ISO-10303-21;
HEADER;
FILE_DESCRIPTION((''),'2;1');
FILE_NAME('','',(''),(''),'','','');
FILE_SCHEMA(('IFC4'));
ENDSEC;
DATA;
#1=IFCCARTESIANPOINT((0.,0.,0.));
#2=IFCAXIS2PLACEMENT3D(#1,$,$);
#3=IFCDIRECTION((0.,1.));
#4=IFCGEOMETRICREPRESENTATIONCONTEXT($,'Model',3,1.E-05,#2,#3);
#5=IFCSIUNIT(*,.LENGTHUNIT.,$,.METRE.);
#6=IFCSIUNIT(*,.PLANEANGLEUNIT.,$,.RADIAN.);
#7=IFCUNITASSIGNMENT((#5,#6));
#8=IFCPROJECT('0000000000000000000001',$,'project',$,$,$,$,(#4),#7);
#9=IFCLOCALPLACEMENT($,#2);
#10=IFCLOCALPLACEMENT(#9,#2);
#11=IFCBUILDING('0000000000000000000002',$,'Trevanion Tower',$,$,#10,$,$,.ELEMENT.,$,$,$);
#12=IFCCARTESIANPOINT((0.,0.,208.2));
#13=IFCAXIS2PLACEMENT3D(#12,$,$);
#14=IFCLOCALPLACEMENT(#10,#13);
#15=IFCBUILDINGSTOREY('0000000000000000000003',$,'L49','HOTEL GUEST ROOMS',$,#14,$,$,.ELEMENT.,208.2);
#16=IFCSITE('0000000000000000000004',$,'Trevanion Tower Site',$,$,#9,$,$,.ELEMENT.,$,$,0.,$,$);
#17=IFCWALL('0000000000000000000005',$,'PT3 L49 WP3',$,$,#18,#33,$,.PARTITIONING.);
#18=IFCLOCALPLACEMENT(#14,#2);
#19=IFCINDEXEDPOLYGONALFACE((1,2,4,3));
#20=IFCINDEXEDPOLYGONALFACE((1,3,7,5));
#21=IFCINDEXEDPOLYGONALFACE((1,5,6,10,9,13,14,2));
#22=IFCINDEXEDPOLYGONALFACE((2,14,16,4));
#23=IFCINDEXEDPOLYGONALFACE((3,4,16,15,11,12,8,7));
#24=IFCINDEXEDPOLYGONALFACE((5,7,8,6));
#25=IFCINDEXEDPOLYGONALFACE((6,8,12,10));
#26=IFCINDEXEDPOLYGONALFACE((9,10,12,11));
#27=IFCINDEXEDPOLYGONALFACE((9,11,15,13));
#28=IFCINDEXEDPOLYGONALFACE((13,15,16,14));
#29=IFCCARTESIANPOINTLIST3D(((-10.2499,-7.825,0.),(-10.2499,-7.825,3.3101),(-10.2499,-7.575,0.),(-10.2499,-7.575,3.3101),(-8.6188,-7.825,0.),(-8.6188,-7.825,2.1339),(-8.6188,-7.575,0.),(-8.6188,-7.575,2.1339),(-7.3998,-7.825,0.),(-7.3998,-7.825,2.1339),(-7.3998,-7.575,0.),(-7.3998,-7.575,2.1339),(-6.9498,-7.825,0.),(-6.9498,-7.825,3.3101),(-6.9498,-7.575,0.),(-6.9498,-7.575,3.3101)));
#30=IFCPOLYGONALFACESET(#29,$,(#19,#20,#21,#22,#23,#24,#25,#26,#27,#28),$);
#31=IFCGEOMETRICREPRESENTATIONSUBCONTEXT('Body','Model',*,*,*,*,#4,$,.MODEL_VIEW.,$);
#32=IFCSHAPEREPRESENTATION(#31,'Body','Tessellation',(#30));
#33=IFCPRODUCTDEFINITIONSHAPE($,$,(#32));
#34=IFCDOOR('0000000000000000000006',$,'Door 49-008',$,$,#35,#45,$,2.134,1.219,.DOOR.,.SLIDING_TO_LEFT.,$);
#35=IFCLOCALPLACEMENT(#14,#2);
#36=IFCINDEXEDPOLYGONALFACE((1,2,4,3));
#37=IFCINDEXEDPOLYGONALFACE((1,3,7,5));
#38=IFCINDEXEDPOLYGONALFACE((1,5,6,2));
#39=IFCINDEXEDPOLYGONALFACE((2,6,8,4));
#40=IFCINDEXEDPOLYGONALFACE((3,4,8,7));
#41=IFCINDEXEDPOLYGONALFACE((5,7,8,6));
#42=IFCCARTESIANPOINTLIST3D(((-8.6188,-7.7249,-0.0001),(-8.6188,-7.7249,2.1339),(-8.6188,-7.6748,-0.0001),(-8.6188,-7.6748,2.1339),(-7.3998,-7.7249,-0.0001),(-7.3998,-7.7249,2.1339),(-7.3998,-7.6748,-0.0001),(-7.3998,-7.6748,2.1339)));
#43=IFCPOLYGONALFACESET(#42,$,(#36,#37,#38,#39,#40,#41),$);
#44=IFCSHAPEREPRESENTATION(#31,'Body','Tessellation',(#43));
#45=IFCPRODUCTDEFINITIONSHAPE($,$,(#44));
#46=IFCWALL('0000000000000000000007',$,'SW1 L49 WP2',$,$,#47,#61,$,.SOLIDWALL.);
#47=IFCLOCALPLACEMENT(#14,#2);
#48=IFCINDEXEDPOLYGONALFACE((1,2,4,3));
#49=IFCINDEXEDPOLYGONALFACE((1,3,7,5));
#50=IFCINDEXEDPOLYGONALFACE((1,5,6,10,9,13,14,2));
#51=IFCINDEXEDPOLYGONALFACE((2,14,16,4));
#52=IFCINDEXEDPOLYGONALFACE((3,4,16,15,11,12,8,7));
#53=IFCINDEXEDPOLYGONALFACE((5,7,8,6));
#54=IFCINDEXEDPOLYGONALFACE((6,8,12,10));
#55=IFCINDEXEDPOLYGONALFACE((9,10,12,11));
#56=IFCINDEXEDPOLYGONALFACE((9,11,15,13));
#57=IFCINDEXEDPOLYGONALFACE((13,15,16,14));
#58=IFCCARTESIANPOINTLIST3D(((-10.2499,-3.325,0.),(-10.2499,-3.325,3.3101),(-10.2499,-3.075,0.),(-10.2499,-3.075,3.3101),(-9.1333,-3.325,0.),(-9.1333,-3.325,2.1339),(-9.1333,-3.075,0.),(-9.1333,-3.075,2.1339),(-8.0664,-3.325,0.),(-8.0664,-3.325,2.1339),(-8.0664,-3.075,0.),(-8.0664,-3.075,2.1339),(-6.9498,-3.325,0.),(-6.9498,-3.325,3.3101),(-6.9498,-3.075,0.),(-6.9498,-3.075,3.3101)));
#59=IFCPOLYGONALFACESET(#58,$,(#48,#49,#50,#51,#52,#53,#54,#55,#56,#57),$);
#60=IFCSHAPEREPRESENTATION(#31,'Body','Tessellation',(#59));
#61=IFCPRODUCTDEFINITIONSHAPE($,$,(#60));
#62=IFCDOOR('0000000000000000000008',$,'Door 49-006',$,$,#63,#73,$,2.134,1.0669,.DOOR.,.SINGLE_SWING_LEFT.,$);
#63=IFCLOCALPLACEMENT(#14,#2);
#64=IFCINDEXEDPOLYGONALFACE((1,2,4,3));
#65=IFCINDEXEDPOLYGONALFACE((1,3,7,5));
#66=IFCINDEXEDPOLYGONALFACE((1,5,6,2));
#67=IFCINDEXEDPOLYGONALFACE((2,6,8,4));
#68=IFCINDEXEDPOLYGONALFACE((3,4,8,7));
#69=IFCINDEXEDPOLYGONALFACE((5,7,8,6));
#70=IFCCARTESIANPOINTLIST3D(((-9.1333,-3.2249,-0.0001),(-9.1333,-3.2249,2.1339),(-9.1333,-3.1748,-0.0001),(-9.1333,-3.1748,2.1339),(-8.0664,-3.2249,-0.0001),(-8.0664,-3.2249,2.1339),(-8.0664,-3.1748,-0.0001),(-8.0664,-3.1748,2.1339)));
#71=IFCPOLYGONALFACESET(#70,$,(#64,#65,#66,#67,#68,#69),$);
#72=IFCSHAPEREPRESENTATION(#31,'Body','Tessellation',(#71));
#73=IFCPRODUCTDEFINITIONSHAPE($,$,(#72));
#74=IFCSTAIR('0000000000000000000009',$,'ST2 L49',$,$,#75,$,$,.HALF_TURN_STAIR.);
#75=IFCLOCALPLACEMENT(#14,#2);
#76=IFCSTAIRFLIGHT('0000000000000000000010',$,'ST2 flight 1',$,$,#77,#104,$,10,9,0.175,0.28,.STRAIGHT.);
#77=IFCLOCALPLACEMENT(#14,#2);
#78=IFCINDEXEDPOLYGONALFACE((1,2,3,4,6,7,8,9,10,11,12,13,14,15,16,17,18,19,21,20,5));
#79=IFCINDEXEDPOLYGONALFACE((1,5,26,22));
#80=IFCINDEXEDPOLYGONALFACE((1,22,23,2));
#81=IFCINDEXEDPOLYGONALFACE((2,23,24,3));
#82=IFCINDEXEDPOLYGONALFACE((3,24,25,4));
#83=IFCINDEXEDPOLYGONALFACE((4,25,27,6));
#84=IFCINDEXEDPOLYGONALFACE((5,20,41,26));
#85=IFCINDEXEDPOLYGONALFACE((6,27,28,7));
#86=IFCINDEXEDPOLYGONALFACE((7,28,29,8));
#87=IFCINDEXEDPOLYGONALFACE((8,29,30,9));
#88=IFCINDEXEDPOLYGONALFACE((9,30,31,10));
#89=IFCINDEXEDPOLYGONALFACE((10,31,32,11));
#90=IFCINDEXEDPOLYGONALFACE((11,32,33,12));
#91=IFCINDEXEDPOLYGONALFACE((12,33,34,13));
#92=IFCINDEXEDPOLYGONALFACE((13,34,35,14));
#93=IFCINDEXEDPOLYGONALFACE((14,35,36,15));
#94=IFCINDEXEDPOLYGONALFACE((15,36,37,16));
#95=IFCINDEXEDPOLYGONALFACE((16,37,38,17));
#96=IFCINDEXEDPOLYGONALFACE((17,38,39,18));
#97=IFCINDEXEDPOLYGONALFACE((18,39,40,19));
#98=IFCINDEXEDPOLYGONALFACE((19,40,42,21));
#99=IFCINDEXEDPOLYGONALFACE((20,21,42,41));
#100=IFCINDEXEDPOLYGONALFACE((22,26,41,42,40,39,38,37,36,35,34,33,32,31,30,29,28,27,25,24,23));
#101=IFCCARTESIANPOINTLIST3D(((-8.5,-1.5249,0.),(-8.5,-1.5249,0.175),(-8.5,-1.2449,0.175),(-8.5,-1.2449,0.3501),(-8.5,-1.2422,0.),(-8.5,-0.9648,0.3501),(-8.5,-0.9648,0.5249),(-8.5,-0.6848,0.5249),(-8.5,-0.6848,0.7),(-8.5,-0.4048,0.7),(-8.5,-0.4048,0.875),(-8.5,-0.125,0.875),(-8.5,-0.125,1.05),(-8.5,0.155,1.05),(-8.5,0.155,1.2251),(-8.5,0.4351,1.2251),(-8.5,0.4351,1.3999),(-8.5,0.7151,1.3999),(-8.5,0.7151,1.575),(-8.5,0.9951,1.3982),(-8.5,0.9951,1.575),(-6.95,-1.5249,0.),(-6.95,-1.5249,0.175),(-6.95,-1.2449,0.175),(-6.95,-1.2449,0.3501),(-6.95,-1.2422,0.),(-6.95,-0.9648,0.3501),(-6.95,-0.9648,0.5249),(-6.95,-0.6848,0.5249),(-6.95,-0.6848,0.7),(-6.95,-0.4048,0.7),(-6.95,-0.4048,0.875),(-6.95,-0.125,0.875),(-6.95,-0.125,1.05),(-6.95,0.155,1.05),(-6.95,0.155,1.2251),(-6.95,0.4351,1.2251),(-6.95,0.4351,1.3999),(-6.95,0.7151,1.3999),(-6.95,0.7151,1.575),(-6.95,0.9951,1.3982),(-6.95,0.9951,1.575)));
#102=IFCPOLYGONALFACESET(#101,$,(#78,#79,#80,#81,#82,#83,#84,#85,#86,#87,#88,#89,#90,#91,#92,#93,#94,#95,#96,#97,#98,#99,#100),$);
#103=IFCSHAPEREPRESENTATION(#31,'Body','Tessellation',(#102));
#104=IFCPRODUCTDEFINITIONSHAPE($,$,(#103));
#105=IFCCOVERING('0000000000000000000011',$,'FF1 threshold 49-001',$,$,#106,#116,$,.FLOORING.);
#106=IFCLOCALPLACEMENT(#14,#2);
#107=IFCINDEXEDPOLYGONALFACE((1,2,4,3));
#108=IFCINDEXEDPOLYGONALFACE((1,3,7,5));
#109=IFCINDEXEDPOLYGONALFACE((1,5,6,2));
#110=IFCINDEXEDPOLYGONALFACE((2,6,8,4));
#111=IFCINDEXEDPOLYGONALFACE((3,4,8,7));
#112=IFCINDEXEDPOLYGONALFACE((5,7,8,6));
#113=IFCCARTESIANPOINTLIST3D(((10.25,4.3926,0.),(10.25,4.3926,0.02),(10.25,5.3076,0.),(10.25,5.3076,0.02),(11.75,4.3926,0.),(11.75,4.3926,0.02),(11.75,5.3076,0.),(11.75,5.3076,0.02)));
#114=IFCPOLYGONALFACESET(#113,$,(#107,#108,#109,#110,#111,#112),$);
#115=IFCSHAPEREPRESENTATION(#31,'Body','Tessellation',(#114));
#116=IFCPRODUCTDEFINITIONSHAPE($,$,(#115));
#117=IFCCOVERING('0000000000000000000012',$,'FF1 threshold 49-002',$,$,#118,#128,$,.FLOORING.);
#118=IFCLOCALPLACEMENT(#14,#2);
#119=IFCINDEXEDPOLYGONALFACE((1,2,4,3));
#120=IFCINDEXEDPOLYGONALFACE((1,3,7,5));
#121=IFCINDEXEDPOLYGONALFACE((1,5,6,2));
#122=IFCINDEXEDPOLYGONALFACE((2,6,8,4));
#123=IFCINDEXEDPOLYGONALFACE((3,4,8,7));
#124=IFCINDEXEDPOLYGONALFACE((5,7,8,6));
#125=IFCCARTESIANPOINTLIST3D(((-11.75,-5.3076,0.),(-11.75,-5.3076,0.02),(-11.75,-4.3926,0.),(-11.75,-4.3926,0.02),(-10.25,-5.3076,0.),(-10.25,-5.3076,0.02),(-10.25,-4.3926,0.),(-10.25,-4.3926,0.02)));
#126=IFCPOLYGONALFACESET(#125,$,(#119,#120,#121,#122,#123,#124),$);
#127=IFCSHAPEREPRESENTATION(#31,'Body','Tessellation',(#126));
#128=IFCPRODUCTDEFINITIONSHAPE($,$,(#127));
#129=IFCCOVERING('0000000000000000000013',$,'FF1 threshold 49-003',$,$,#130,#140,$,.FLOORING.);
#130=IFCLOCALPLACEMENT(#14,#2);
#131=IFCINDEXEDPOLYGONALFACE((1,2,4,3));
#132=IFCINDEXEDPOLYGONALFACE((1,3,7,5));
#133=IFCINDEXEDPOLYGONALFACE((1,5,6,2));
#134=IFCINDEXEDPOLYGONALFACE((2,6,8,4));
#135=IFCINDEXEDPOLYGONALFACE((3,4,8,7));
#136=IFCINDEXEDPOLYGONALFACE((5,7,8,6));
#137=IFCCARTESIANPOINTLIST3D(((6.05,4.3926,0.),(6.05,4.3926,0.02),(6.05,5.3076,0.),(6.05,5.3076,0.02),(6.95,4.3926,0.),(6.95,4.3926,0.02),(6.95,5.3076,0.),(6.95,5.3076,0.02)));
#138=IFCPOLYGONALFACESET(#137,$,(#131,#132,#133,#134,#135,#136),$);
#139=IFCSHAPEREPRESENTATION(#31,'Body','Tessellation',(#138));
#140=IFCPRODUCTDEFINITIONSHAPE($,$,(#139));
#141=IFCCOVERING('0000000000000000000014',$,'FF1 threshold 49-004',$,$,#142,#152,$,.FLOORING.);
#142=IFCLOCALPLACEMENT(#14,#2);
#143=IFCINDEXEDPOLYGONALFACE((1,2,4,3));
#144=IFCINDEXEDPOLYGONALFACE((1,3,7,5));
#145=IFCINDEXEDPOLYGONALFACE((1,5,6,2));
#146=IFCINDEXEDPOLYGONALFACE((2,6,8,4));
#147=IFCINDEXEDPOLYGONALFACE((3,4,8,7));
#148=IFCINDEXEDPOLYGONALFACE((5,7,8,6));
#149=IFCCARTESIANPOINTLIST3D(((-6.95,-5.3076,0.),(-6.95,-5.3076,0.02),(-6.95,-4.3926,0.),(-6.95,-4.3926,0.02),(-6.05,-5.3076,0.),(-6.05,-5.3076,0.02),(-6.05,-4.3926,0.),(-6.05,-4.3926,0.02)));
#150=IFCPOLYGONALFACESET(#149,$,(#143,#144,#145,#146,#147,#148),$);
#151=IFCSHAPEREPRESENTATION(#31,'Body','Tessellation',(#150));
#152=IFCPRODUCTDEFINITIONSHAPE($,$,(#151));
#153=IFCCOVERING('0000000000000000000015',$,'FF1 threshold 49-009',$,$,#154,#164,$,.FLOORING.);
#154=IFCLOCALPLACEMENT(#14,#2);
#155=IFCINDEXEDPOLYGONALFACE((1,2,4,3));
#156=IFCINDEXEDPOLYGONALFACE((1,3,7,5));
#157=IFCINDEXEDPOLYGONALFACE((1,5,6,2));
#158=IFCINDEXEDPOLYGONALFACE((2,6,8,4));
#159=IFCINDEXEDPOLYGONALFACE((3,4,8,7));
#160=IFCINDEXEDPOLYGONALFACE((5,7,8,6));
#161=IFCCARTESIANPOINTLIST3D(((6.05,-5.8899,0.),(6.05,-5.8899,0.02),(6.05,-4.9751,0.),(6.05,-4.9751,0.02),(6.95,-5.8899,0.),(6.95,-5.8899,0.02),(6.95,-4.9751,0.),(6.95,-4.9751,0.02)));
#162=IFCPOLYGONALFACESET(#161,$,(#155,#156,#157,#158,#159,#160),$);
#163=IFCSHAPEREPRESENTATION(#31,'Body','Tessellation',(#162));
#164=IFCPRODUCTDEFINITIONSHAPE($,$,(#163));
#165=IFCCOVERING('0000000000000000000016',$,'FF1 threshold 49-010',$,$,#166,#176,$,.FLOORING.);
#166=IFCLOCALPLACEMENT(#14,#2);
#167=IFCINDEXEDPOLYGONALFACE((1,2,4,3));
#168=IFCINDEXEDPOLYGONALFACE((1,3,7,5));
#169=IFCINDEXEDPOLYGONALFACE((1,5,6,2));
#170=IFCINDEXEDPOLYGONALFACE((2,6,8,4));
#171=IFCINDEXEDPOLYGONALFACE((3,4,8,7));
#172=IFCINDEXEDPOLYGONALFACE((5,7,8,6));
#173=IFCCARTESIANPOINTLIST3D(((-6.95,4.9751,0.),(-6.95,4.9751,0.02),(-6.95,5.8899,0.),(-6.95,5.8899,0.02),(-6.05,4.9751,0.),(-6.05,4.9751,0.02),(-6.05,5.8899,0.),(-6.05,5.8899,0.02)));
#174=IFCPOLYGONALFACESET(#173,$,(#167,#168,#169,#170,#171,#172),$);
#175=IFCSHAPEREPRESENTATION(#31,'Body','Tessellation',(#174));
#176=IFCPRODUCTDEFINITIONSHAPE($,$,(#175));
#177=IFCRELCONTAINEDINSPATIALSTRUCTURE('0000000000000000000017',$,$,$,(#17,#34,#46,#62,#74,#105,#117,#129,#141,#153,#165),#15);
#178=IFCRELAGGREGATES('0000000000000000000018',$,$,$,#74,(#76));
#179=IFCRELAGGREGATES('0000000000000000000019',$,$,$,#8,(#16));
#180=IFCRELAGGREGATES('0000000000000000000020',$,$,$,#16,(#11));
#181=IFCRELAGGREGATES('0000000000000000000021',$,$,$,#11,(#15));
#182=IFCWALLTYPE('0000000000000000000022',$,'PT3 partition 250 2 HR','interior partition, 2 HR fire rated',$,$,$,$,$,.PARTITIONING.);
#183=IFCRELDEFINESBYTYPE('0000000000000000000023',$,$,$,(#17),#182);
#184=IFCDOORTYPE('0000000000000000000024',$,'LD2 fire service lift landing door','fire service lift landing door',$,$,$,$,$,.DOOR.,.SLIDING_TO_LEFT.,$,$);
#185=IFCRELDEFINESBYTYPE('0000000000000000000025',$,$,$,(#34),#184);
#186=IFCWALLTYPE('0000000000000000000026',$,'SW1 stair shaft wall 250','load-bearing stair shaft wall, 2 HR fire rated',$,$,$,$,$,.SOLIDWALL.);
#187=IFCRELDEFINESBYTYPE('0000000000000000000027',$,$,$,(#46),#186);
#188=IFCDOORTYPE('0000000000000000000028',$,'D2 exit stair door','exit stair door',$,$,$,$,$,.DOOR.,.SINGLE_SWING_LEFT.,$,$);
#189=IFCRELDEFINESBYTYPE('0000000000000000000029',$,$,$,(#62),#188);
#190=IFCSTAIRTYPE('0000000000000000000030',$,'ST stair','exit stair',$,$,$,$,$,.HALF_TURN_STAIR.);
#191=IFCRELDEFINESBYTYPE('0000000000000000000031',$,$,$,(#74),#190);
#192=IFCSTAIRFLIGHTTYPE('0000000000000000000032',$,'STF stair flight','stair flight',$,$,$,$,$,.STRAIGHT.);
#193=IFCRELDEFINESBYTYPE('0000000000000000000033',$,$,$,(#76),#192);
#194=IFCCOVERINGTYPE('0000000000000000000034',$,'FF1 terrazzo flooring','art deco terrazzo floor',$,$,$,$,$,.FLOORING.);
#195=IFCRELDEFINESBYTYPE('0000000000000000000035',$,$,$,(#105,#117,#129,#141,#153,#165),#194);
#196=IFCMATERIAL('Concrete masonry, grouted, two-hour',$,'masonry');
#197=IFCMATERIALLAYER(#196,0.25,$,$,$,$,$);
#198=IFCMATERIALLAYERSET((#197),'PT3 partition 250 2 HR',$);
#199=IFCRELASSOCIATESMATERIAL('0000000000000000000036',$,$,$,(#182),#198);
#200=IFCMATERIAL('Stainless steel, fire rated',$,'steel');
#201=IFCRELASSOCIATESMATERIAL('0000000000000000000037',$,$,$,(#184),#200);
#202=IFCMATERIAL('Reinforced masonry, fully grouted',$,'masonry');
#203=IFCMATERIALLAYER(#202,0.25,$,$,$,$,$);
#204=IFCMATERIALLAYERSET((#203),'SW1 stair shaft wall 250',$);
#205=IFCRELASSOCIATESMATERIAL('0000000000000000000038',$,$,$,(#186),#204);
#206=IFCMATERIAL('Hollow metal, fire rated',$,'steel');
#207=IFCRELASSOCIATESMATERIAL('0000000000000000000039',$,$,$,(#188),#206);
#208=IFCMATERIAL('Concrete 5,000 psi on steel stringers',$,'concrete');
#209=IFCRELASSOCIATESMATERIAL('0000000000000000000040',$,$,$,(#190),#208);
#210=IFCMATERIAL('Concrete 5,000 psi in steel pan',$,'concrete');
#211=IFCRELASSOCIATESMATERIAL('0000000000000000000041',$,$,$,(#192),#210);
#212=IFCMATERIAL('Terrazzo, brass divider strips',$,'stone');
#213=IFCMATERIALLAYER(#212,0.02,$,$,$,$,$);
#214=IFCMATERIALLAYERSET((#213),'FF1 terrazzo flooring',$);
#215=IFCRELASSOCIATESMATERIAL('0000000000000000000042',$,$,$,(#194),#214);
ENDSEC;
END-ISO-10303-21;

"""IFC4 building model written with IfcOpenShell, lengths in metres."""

from ifc_helpers import new_model, si_unit, direction, frame, frame_2d, origin, place, context, subcontext, project, spatial, polyline, rectangle, outline, extrude, material, layer, layer_set, type_object, element, fill, aggregate, save


model = new_model("IFC4")

# Units and contexts
model_context = context("Model", 3, precision=1e-05, world=origin(), true_north=direction((0.0, 1.0)))
body_context = subcontext(model_context, "Body", "Model", "MODEL_VIEW")
ifc_project = project(units=[si_unit("LENGTHUNIT", "METRE"), si_unit("PLANEANGLEUNIT", "RADIAN")], contexts=[model_context])

# Site, building, storey
site_placement = place(None, origin())
site = spatial("IfcSite", under=ifc_project, at=site_placement, Name="Trevanion Tower Site", CompositionType="ELEMENT", RefElevation=0.0)
building_placement = place(site_placement, origin())
building = spatial("IfcBuilding", under=site, at=building_placement, Name="Trevanion Tower", CompositionType="ELEMENT")
storey_placement = place(building_placement, frame((0.0, 0.0, 208.2)))
storey = spatial("IfcBuildingStorey", under=building, at=storey_placement, Name="L49", Description="HOTEL GUEST ROOMS", CompositionType="ELEMENT", Elevation=208.2)

# Walls, openings, doors
ifc_material_1 = material(Name="Concrete masonry, grouted, two-hour", Category="masonry")
ifc_layer_1 = layer(ifc_material_1, 0.25)
ifc_layer_set_1 = layer_set([ifc_layer_1], Name="PT3 partition 250 2 HR")
wall_type_1 = type_object("IfcWallType", Name="PT3 partition 250 2 HR", Description="interior partition, 2 HR fire rated", PredefinedType="PARTITIONING", material=ifc_layer_set_1)
wall_1_placement = place(storey_placement, frame((-6.95, -7.7, 0.0), z_axis=(0.0, 0.0, 1.0), x_axis=(-1.0, 0.0, 0.0)))
wall_1 = element("IfcWall", 1, at=wall_1_placement, inside=storey, type_object=wall_type_1, Name="PT3 L49 WP3", PredefinedType="PARTITIONING", context=body_context, shape_type="SweptSolid", body=[
    extrude(rectangle(XDim=3.3, YDim=0.25, at=frame_2d((1.6499, 0.0))), origin(), (0.0, 0.0, 1.0), 3.3101),
])
opening_1_placement = place(wall_1_placement, frame((0.45, 0.0, 0.0)))
opening_1 = element("IfcOpeningElement", 2, at=opening_1_placement, cuts=wall_1, PredefinedType="OPENING", context=body_context, shape_type="SweptSolid", body=[
    extrude(rectangle(XDim=1.219, YDim=2.134, at=frame_2d((0.6094, 1.0669))), frame((0.0, 0.135, 0.0), z_axis=(0.0, -1.0, 0.0), x_axis=(1.0, 0.0, 0.0)), (0.0, 0.0, 1.0), 0.27),
])
ifc_material_2 = material(Name="Stainless steel, fire rated", Category="steel")
door_type_1 = type_object("IfcDoorType", Name="LD2 fire service lift landing door", Description="fire service lift landing door", OperationType="SLIDING_TO_LEFT", PredefinedType="DOOR", material=ifc_material_2)
door_1_placement = place(opening_1_placement, origin())
door_1 = element("IfcDoor", 3, at=door_1_placement, inside=storey, type_object=door_type_1, Name="Door 49-008", OperationType="SLIDING_TO_LEFT", OverallHeight=2.134, OverallWidth=1.219, PredefinedType="DOOR", context=body_context, shape_type="SweptSolid", body=[
    extrude(rectangle(XDim=1.219, YDim=2.134, at=frame_2d((0.6094, 1.0669))), frame((0.0, 0.0249, 0.0), z_axis=(0.0, -1.0, 0.0), x_axis=(1.0, 0.0, 0.0)), (0.0, 0.0, 1.0), 0.05),
])
fill(opening_1, door_1)
ifc_material_3 = material(Name="Reinforced masonry, fully grouted", Category="masonry")
ifc_layer_2 = layer(ifc_material_3, 0.25)
ifc_layer_set_2 = layer_set([ifc_layer_2], Name="SW1 stair shaft wall 250")
wall_type_2 = type_object("IfcWallType", Name="SW1 stair shaft wall 250", Description="load-bearing stair shaft wall, 2 HR fire rated", PredefinedType="SOLIDWALL", material=ifc_layer_set_2)
wall_2_placement = place(storey_placement, frame((-6.95, -3.2, 0.0), z_axis=(0.0, 0.0, 1.0), x_axis=(-1.0, 0.0, 0.0)))
wall_2 = element("IfcWall", 4, at=wall_2_placement, inside=storey, type_object=wall_type_2, Name="SW1 L49 WP2", PredefinedType="SOLIDWALL", context=body_context, shape_type="SweptSolid", body=[
    extrude(rectangle(XDim=3.3, YDim=0.25, at=frame_2d((1.6499, 0.0))), origin(), (0.0, 0.0, 1.0), 3.3101),
])
opening_2_placement = place(wall_2_placement, frame((1.1165, 0.0, 0.0)))
opening_2 = element("IfcOpeningElement", 5, at=opening_2_placement, cuts=wall_2, PredefinedType="OPENING", context=body_context, shape_type="SweptSolid", body=[
    extrude(rectangle(XDim=1.0669, YDim=2.134, at=frame_2d((0.5334, 1.0669))), frame((0.0, 0.135, 0.0), z_axis=(0.0, -1.0, 0.0), x_axis=(1.0, 0.0, 0.0)), (0.0, 0.0, 1.0), 0.27),
])
ifc_material_4 = material(Name="Hollow metal, fire rated", Category="steel")
door_type_2 = type_object("IfcDoorType", Name="D2 exit stair door", Description="exit stair door", OperationType="SINGLE_SWING_LEFT", PredefinedType="DOOR", material=ifc_material_4)
door_2_placement = place(opening_2_placement, origin())
door_2 = element("IfcDoor", 6, at=door_2_placement, inside=storey, type_object=door_type_2, Name="Door 49-006", OperationType="SINGLE_SWING_LEFT", OverallHeight=2.134, OverallWidth=1.0669, PredefinedType="DOOR", context=body_context, shape_type="SweptSolid", body=[
    extrude(rectangle(XDim=1.0669, YDim=2.134, at=frame_2d((0.5334, 1.0669))), frame((0.0, 0.0249, 0.0), z_axis=(0.0, -1.0, 0.0), x_axis=(1.0, 0.0, 0.0)), (0.0, 0.0, 1.0), 0.05),
])
fill(opening_2, door_2)

# Stair, stair flight
ifc_material_5 = material(Name="Concrete 5,000 psi on steel stringers", Category="concrete")
stair_type = type_object("IfcStairType", Name="ST stair", Description="exit stair", PredefinedType="HALF_TURN_STAIR", material=ifc_material_5)
stair_placement = place(storey_placement, origin())
stair = element("IfcStair", 7, at=stair_placement, inside=storey, type_object=stair_type, Name="ST2 L49", PredefinedType="HALF_TURN_STAIR")
ifc_material_6 = material(Name="Concrete 5,000 psi in steel pan", Category="concrete")
stair_flight_type = type_object("IfcStairFlightType", Name="STF stair flight", Description="stair flight", PredefinedType="STRAIGHT", material=ifc_material_6)
stair_flight_placement = place(storey_placement, frame((-7.7251, -1.5249, 0.0), z_axis=(0.0, 0.0, 1.0), x_axis=(0.0, 1.0, 0.0)))
stair_flight = element("IfcStairFlight", 8, at=stair_flight_placement, type_object=stair_flight_type, Name="ST2 flight 1", NumberOfRisers=10, NumberOfTreads=9, PredefinedType="STRAIGHT", RiserHeight=0.175, TreadLength=0.28, context=body_context, shape_type="SweptSolid", body=[
    extrude(outline(polyline([(0.0, 0.0), (0.0, 0.175), (0.28, 0.175), (0.28, 0.3501), (0.5601, 0.3501), (0.5601, 0.5249), (0.8401, 0.5249), (0.8401, 0.7), (1.1201, 0.7), (1.1201, 0.875), (1.3999, 0.875), (1.3999, 1.05), (1.6799, 1.05), (1.6799, 1.2251), (1.96, 1.2251), (1.96, 1.3999), (2.24, 1.3999), (2.24, 1.575), (2.52, 1.575), (2.52, 1.75), (2.52, 1.3982), (0.2827, 0.0), (0.0, 0.0)])), frame((0.0, 0.7749, 0.0), z_axis=(0.0, -1.0, 0.0), x_axis=(1.0, 0.0, 0.0)), (0.0, 0.0, 1.0), 1.55),
])
aggregate(stair, [stair_flight])

# Coverings
ifc_material_7 = material(Name="Terrazzo, brass divider strips", Category="stone")
ifc_layer_3 = layer(ifc_material_7, 0.02)
ifc_layer_set_3 = layer_set([ifc_layer_3], Name="FF1 terrazzo flooring")
covering_type = type_object("IfcCoveringType", Name="FF1 terrazzo flooring", Description="art deco terrazzo floor", PredefinedType="FLOORING", material=ifc_layer_set_3)
covering_1_placement = place(storey_placement, origin())
element("IfcCovering", 9, at=covering_1_placement, inside=storey, type_object=covering_type, Name="FF1 threshold 49-001", PredefinedType="FLOORING", context=body_context, shape_type="SweptSolid", body=[
    extrude(outline(polyline([(11.75, 4.3926), (11.75, 5.3076), (10.25, 5.3076), (10.25, 4.3926), (11.75, 4.3926)])), origin(), (0.0, 0.0, 1.0), 0.02),
])
covering_2_placement = place(storey_placement, origin())
element("IfcCovering", 10, at=covering_2_placement, inside=storey, type_object=covering_type, Name="FF1 threshold 49-002", PredefinedType="FLOORING", context=body_context, shape_type="SweptSolid", body=[
    extrude(outline(polyline([(-11.75, -4.3926), (-11.75, -5.3076), (-10.25, -5.3076), (-10.25, -4.3926), (-11.75, -4.3926)])), origin(), (0.0, 0.0, 1.0), 0.02),
])
covering_3_placement = place(storey_placement, origin())
element("IfcCovering", 11, at=covering_3_placement, inside=storey, type_object=covering_type, Name="FF1 threshold 49-003", PredefinedType="FLOORING", context=body_context, shape_type="SweptSolid", body=[
    extrude(outline(polyline([(6.95, 4.3926), (6.95, 5.3076), (6.05, 5.3076), (6.05, 4.3926), (6.95, 4.3926)])), origin(), (0.0, 0.0, 1.0), 0.02),
])
covering_4_placement = place(storey_placement, origin())
element("IfcCovering", 12, at=covering_4_placement, inside=storey, type_object=covering_type, Name="FF1 threshold 49-004", PredefinedType="FLOORING", context=body_context, shape_type="SweptSolid", body=[
    extrude(outline(polyline([(-6.95, -4.3926), (-6.95, -5.3076), (-6.05, -5.3076), (-6.05, -4.3926), (-6.95, -4.3926)])), origin(), (0.0, 0.0, 1.0), 0.02),
])
covering_5_placement = place(storey_placement, origin())
element("IfcCovering", 13, at=covering_5_placement, inside=storey, type_object=covering_type, Name="FF1 threshold 49-009", PredefinedType="FLOORING", context=body_context, shape_type="SweptSolid", body=[
    extrude(outline(polyline([(6.95, -5.8899), (6.95, -4.9751), (6.05, -4.9751), (6.05, -5.8899), (6.95, -5.8899)])), origin(), (0.0, 0.0, 1.0), 0.02),
])
covering_6_placement = place(storey_placement, origin())
element("IfcCovering", 14, at=covering_6_placement, inside=storey, type_object=covering_type, Name="FF1 threshold 49-010", PredefinedType="FLOORING", context=body_context, shape_type="SweptSolid", body=[
    extrude(outline(polyline([(-6.95, 5.8899), (-6.95, 4.9751), (-6.05, 4.9751), (-6.05, 5.8899), (-6.95, 5.8899)])), origin(), (0.0, 0.0, 1.0), 0.02),
])

save(model, "model.ifc")
